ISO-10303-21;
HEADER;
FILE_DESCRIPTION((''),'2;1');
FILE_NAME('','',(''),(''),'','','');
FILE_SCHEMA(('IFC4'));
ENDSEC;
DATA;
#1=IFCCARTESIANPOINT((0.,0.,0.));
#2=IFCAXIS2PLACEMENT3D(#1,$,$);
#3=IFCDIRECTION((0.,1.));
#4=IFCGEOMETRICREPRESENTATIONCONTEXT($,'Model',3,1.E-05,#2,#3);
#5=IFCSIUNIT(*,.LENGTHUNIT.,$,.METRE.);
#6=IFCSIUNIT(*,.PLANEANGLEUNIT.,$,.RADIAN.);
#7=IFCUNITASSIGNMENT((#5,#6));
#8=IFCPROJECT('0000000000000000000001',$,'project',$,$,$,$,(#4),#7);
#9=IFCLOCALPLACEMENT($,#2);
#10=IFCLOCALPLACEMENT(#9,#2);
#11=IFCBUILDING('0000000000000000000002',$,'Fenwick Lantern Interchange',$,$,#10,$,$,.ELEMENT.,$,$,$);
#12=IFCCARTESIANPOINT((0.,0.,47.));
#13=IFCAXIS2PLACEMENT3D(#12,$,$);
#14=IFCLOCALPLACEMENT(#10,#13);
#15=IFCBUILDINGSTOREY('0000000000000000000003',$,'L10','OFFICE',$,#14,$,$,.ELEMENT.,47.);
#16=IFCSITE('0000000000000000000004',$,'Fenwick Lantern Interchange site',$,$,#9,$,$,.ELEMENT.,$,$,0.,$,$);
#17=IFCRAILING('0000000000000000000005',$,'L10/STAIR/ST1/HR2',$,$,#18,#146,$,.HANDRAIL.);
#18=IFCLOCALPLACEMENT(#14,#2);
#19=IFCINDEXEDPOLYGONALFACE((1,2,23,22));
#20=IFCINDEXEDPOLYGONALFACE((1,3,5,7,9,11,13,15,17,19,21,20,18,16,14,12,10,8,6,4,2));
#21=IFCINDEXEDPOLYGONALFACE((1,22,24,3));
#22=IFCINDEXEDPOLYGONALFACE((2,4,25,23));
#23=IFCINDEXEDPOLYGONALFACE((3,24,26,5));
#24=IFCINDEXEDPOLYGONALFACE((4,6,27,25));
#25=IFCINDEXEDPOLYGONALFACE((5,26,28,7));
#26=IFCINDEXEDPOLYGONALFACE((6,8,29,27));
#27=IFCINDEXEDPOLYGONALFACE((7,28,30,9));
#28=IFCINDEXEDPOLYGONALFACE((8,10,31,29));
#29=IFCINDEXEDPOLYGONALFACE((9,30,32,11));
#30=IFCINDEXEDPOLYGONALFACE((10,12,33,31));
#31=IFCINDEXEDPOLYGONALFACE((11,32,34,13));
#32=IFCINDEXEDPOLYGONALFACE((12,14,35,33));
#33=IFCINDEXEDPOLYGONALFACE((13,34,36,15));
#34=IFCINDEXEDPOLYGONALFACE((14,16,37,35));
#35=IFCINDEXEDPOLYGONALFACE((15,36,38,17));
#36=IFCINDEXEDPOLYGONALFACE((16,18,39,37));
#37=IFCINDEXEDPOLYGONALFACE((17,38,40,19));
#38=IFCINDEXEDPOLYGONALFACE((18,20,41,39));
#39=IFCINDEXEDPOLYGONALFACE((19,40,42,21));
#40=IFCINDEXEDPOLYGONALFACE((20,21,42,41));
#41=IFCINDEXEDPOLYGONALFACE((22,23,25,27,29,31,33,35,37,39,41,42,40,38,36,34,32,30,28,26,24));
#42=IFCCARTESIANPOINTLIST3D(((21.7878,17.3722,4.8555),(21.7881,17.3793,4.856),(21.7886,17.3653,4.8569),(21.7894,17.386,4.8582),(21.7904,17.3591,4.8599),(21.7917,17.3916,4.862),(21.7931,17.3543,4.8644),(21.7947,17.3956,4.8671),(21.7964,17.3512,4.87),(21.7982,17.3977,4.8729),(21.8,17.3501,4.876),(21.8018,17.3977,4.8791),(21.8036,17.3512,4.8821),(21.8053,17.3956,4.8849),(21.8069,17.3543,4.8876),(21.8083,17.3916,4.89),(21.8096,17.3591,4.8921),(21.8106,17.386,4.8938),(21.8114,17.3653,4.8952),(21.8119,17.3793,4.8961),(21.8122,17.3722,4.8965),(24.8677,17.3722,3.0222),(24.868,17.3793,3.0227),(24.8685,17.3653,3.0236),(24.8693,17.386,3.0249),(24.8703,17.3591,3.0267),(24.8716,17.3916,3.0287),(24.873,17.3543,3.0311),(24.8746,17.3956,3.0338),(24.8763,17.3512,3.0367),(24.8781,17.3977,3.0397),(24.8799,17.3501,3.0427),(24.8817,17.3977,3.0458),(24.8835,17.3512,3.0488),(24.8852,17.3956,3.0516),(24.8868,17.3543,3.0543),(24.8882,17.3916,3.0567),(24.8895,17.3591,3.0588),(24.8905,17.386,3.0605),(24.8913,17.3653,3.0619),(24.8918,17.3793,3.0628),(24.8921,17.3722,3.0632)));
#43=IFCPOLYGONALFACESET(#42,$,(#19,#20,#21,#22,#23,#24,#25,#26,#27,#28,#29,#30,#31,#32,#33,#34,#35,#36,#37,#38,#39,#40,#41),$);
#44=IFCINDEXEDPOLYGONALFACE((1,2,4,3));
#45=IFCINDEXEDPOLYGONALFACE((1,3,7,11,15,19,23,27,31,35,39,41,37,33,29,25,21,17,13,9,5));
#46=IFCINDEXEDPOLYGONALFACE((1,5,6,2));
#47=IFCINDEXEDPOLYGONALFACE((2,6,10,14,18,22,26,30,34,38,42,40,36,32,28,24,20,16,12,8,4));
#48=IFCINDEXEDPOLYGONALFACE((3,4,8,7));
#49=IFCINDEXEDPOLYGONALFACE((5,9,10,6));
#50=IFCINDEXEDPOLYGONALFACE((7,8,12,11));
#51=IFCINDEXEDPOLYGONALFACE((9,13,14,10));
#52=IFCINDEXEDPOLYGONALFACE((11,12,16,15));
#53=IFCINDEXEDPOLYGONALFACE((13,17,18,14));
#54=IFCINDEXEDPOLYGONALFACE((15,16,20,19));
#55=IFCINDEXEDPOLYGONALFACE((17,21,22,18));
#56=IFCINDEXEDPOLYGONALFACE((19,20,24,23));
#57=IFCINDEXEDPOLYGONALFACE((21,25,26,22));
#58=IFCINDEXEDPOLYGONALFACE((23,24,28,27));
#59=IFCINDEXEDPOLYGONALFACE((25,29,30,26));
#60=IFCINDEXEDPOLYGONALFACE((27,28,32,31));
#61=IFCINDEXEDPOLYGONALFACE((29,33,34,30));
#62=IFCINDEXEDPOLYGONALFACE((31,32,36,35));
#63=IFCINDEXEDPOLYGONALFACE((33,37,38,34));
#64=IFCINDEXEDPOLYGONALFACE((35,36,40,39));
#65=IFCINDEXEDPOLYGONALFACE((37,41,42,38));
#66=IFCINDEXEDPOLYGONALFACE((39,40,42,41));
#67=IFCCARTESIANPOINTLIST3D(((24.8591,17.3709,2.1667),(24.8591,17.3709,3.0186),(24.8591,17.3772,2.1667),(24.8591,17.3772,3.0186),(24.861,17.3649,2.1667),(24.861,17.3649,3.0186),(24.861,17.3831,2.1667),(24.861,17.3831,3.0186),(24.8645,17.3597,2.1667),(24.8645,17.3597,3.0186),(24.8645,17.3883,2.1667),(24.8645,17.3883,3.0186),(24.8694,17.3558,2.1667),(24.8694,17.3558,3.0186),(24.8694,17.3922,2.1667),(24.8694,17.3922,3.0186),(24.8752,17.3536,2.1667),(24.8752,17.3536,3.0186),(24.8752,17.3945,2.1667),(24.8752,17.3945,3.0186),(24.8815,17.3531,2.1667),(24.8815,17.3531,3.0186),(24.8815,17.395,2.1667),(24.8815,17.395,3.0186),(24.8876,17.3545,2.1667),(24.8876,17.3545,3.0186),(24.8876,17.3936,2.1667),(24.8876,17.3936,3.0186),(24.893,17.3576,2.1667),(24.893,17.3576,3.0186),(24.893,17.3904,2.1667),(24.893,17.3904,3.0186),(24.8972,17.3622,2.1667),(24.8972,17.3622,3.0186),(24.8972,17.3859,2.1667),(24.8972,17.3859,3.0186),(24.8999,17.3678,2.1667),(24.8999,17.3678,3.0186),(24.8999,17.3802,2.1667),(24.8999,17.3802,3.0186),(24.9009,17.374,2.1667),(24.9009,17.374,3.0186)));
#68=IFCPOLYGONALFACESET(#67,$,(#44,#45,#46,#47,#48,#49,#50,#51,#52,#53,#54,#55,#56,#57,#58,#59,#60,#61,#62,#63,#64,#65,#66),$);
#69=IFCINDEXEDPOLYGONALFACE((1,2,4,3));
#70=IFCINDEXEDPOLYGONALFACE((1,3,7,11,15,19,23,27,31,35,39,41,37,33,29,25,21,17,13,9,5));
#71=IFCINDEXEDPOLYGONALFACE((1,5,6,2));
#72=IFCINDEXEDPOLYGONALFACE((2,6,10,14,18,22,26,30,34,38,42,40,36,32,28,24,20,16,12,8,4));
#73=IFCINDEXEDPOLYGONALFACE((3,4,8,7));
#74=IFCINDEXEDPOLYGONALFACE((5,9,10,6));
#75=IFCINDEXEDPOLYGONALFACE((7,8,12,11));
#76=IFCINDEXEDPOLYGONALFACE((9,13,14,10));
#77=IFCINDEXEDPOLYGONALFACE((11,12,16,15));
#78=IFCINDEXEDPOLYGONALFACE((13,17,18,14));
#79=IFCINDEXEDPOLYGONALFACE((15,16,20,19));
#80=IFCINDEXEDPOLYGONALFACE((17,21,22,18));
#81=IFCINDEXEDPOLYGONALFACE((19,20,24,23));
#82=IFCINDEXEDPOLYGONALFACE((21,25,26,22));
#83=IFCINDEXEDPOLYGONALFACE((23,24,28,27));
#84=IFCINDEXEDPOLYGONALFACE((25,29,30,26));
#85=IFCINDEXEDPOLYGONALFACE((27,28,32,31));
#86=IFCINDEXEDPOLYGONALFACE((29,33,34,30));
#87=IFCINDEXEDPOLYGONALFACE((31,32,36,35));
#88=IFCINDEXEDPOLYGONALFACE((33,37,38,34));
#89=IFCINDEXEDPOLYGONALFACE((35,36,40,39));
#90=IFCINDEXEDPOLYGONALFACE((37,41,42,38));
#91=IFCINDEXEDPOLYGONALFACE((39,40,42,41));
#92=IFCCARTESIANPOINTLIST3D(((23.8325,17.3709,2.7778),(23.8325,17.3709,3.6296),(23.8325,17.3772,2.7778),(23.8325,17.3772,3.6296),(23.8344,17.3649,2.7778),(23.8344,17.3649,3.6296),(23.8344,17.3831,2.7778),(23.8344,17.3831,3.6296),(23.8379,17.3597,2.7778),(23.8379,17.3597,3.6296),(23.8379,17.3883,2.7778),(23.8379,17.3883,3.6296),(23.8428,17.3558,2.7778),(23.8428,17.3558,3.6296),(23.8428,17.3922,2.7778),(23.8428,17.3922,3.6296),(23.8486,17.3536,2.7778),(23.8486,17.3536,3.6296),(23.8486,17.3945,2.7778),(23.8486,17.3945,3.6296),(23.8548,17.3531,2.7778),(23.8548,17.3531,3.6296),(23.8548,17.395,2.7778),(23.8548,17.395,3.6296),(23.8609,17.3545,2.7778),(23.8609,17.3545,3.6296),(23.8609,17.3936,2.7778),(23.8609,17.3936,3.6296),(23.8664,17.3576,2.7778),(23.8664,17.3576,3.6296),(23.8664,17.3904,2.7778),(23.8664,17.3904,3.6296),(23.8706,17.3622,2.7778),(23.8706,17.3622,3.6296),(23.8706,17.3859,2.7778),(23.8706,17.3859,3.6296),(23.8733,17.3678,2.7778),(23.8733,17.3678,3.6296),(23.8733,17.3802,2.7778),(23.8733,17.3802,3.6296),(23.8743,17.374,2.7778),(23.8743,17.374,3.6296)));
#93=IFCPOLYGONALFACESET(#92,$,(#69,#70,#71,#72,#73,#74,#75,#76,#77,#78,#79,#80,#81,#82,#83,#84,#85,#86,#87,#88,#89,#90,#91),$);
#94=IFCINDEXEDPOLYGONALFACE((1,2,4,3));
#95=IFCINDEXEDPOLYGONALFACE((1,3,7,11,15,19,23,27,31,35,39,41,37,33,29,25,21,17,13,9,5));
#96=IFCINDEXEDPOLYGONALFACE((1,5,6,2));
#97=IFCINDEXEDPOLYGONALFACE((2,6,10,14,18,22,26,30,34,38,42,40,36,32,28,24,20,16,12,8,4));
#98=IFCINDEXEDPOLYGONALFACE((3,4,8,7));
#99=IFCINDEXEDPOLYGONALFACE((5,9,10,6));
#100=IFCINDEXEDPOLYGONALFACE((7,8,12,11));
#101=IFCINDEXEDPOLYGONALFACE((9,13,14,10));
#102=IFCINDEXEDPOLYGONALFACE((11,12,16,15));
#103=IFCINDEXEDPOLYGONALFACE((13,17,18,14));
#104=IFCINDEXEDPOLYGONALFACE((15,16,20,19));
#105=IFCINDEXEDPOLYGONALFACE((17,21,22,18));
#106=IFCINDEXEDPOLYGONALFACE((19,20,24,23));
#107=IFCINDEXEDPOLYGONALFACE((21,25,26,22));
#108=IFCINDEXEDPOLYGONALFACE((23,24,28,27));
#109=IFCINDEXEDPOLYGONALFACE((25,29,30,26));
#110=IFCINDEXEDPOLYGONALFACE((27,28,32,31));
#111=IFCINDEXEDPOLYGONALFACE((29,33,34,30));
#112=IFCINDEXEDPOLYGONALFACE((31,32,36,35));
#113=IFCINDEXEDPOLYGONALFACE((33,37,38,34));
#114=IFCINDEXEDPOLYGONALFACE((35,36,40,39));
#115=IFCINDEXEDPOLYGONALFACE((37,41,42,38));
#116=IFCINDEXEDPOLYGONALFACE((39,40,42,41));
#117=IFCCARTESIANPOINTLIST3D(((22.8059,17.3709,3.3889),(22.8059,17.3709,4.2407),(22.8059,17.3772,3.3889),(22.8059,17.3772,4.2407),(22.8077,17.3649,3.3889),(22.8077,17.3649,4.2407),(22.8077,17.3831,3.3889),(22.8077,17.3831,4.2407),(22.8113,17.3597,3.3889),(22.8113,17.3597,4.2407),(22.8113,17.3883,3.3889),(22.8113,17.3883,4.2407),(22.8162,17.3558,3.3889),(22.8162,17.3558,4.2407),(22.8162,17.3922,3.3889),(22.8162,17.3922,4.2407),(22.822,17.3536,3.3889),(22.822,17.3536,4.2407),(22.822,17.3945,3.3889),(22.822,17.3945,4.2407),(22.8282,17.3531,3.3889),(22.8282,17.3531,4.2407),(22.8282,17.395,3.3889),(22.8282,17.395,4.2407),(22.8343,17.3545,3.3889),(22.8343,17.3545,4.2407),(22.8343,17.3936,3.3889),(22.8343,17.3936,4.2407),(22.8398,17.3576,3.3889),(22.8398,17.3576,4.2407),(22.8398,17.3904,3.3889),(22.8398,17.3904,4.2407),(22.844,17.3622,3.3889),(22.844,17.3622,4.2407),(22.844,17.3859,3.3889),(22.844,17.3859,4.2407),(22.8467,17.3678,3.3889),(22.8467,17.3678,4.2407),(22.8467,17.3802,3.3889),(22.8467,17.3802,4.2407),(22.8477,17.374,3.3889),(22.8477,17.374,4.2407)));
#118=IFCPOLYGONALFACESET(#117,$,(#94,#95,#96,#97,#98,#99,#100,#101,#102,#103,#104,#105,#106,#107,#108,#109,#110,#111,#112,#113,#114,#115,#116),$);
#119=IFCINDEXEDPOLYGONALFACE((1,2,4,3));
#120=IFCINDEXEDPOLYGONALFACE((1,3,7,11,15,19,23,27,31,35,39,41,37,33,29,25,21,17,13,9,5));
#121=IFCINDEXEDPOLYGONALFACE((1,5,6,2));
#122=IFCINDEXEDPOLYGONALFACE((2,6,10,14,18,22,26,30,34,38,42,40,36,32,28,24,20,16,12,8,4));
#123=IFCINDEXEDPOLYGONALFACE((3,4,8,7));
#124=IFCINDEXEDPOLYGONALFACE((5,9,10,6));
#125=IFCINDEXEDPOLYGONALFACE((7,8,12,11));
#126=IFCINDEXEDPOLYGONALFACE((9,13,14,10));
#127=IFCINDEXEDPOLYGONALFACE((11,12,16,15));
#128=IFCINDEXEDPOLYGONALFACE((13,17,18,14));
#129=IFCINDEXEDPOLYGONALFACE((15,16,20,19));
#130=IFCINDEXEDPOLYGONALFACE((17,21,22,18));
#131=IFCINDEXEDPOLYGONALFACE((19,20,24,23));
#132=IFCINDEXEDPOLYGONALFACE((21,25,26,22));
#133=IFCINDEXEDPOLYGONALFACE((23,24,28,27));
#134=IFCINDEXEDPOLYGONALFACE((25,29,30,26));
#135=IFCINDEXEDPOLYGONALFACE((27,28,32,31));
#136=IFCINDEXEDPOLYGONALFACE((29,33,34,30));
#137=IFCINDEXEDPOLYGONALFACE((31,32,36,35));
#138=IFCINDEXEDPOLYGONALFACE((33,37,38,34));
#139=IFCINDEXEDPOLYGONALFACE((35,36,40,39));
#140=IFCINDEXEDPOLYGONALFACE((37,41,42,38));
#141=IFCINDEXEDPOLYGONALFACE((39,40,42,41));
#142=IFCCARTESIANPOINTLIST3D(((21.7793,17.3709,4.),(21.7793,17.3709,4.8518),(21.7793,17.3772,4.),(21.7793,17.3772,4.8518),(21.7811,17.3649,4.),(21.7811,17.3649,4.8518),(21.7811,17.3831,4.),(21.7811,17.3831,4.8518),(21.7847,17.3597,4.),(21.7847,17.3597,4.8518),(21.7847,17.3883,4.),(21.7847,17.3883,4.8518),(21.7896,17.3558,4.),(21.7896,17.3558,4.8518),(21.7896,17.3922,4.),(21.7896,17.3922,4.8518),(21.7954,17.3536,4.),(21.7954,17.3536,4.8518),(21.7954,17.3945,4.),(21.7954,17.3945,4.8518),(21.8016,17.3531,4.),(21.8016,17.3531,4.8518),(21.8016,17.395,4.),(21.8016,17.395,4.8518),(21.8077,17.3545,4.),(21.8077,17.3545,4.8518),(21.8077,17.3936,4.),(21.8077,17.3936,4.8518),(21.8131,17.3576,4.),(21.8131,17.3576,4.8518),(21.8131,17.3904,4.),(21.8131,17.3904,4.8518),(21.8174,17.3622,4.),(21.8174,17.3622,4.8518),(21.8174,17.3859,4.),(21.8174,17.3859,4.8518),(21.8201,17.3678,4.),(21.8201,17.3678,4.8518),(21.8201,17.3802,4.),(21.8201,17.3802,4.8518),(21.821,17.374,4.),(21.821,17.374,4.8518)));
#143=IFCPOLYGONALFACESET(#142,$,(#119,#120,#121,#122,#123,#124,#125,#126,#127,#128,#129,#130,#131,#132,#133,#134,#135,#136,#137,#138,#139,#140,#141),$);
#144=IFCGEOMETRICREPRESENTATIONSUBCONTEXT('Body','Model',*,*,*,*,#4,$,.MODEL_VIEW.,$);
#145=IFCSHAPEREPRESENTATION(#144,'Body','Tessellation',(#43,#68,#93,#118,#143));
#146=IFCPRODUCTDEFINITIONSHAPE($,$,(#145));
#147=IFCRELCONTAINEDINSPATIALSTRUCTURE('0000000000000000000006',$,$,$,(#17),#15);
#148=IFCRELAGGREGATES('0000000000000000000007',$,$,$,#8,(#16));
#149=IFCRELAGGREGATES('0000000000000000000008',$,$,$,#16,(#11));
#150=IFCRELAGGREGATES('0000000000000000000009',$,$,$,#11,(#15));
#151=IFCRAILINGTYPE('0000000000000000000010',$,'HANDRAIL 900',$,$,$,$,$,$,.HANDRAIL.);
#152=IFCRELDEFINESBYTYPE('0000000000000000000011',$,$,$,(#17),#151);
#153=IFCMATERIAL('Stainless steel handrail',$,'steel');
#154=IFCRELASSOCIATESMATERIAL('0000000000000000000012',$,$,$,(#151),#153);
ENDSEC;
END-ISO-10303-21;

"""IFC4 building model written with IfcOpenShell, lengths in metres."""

from ifc_helpers import new_model, si_unit, direction, frame, origin, origin_2d, place, context, subcontext, project, spatial, circle, extrude, material, type_object, element, save


model = new_model("IFC4")

# Units and contexts
model_context = context("Model", 3, precision=1e-05, world=origin(), true_north=direction((0.0, 1.0)))
body_context = subcontext(model_context, "Body", "Model", "MODEL_VIEW")
ifc_project = project(units=[si_unit("LENGTHUNIT", "METRE"), si_unit("PLANEANGLEUNIT", "RADIAN")], contexts=[model_context])

# Site, building, storey
site_placement = place(None, origin())
site = spatial("IfcSite", under=ifc_project, at=site_placement, Name="Fenwick Lantern Interchange site", CompositionType="ELEMENT", RefElevation=0.0)
building_placement = place(site_placement, origin())
building = spatial("IfcBuilding", under=site, at=building_placement, Name="Fenwick Lantern Interchange", CompositionType="ELEMENT")
storey_placement = place(building_placement, frame((0.0, 0.0, 47.0)))
storey = spatial("IfcBuildingStorey", under=building, at=storey_placement, Name="L10", Description="OFFICE", CompositionType="ELEMENT", Elevation=47.0)

# Railing
ifc_material_1 = material(Name="Stainless steel handrail", Category="steel")
railing_type = type_object("IfcRailingType", Name="HANDRAIL 900", PredefinedType="HANDRAIL", material=ifc_material_1)
railing_1_placement = place(storey_placement, frame((24.8799, 17.374, 2.1667)))
element("IfcRailing", 1, at=railing_1_placement, inside=storey, type_object=railing_type, Name="L10/STAIR/ST1/HR2", PredefinedType="HANDRAIL", context=body_context, shape_type="SweptSolid", body=[
    extrude(circle(Radius=0.0239, at=origin_2d()), frame((0.0, 0.0, 0.876), z_axis=(-0.859291, 0.0, 0.511487), x_axis=(0.0, -1.0, 0.0)), (0.0, 0.0, 1.0), 3.5842),
    extrude(circle(Radius=0.021, at=origin_2d()), origin(), (0.0, 0.0, 1.0), 0.8518),
    extrude(circle(Radius=0.021, at=origin_2d()), frame((-1.0266, 0.0, 0.6111)), (0.0, 0.0, 1.0), 0.8518),
    extrude(circle(Radius=0.021, at=origin_2d()), frame((-2.0532, 0.0, 1.2222)), (0.0, 0.0, 1.0), 0.8518),
    extrude(circle(Radius=0.021, at=origin_2d()), frame((-3.0798, 0.0, 1.8333)), (0.0, 0.0, 1.0), 0.8518),
])

save(model, "model.ifc")
